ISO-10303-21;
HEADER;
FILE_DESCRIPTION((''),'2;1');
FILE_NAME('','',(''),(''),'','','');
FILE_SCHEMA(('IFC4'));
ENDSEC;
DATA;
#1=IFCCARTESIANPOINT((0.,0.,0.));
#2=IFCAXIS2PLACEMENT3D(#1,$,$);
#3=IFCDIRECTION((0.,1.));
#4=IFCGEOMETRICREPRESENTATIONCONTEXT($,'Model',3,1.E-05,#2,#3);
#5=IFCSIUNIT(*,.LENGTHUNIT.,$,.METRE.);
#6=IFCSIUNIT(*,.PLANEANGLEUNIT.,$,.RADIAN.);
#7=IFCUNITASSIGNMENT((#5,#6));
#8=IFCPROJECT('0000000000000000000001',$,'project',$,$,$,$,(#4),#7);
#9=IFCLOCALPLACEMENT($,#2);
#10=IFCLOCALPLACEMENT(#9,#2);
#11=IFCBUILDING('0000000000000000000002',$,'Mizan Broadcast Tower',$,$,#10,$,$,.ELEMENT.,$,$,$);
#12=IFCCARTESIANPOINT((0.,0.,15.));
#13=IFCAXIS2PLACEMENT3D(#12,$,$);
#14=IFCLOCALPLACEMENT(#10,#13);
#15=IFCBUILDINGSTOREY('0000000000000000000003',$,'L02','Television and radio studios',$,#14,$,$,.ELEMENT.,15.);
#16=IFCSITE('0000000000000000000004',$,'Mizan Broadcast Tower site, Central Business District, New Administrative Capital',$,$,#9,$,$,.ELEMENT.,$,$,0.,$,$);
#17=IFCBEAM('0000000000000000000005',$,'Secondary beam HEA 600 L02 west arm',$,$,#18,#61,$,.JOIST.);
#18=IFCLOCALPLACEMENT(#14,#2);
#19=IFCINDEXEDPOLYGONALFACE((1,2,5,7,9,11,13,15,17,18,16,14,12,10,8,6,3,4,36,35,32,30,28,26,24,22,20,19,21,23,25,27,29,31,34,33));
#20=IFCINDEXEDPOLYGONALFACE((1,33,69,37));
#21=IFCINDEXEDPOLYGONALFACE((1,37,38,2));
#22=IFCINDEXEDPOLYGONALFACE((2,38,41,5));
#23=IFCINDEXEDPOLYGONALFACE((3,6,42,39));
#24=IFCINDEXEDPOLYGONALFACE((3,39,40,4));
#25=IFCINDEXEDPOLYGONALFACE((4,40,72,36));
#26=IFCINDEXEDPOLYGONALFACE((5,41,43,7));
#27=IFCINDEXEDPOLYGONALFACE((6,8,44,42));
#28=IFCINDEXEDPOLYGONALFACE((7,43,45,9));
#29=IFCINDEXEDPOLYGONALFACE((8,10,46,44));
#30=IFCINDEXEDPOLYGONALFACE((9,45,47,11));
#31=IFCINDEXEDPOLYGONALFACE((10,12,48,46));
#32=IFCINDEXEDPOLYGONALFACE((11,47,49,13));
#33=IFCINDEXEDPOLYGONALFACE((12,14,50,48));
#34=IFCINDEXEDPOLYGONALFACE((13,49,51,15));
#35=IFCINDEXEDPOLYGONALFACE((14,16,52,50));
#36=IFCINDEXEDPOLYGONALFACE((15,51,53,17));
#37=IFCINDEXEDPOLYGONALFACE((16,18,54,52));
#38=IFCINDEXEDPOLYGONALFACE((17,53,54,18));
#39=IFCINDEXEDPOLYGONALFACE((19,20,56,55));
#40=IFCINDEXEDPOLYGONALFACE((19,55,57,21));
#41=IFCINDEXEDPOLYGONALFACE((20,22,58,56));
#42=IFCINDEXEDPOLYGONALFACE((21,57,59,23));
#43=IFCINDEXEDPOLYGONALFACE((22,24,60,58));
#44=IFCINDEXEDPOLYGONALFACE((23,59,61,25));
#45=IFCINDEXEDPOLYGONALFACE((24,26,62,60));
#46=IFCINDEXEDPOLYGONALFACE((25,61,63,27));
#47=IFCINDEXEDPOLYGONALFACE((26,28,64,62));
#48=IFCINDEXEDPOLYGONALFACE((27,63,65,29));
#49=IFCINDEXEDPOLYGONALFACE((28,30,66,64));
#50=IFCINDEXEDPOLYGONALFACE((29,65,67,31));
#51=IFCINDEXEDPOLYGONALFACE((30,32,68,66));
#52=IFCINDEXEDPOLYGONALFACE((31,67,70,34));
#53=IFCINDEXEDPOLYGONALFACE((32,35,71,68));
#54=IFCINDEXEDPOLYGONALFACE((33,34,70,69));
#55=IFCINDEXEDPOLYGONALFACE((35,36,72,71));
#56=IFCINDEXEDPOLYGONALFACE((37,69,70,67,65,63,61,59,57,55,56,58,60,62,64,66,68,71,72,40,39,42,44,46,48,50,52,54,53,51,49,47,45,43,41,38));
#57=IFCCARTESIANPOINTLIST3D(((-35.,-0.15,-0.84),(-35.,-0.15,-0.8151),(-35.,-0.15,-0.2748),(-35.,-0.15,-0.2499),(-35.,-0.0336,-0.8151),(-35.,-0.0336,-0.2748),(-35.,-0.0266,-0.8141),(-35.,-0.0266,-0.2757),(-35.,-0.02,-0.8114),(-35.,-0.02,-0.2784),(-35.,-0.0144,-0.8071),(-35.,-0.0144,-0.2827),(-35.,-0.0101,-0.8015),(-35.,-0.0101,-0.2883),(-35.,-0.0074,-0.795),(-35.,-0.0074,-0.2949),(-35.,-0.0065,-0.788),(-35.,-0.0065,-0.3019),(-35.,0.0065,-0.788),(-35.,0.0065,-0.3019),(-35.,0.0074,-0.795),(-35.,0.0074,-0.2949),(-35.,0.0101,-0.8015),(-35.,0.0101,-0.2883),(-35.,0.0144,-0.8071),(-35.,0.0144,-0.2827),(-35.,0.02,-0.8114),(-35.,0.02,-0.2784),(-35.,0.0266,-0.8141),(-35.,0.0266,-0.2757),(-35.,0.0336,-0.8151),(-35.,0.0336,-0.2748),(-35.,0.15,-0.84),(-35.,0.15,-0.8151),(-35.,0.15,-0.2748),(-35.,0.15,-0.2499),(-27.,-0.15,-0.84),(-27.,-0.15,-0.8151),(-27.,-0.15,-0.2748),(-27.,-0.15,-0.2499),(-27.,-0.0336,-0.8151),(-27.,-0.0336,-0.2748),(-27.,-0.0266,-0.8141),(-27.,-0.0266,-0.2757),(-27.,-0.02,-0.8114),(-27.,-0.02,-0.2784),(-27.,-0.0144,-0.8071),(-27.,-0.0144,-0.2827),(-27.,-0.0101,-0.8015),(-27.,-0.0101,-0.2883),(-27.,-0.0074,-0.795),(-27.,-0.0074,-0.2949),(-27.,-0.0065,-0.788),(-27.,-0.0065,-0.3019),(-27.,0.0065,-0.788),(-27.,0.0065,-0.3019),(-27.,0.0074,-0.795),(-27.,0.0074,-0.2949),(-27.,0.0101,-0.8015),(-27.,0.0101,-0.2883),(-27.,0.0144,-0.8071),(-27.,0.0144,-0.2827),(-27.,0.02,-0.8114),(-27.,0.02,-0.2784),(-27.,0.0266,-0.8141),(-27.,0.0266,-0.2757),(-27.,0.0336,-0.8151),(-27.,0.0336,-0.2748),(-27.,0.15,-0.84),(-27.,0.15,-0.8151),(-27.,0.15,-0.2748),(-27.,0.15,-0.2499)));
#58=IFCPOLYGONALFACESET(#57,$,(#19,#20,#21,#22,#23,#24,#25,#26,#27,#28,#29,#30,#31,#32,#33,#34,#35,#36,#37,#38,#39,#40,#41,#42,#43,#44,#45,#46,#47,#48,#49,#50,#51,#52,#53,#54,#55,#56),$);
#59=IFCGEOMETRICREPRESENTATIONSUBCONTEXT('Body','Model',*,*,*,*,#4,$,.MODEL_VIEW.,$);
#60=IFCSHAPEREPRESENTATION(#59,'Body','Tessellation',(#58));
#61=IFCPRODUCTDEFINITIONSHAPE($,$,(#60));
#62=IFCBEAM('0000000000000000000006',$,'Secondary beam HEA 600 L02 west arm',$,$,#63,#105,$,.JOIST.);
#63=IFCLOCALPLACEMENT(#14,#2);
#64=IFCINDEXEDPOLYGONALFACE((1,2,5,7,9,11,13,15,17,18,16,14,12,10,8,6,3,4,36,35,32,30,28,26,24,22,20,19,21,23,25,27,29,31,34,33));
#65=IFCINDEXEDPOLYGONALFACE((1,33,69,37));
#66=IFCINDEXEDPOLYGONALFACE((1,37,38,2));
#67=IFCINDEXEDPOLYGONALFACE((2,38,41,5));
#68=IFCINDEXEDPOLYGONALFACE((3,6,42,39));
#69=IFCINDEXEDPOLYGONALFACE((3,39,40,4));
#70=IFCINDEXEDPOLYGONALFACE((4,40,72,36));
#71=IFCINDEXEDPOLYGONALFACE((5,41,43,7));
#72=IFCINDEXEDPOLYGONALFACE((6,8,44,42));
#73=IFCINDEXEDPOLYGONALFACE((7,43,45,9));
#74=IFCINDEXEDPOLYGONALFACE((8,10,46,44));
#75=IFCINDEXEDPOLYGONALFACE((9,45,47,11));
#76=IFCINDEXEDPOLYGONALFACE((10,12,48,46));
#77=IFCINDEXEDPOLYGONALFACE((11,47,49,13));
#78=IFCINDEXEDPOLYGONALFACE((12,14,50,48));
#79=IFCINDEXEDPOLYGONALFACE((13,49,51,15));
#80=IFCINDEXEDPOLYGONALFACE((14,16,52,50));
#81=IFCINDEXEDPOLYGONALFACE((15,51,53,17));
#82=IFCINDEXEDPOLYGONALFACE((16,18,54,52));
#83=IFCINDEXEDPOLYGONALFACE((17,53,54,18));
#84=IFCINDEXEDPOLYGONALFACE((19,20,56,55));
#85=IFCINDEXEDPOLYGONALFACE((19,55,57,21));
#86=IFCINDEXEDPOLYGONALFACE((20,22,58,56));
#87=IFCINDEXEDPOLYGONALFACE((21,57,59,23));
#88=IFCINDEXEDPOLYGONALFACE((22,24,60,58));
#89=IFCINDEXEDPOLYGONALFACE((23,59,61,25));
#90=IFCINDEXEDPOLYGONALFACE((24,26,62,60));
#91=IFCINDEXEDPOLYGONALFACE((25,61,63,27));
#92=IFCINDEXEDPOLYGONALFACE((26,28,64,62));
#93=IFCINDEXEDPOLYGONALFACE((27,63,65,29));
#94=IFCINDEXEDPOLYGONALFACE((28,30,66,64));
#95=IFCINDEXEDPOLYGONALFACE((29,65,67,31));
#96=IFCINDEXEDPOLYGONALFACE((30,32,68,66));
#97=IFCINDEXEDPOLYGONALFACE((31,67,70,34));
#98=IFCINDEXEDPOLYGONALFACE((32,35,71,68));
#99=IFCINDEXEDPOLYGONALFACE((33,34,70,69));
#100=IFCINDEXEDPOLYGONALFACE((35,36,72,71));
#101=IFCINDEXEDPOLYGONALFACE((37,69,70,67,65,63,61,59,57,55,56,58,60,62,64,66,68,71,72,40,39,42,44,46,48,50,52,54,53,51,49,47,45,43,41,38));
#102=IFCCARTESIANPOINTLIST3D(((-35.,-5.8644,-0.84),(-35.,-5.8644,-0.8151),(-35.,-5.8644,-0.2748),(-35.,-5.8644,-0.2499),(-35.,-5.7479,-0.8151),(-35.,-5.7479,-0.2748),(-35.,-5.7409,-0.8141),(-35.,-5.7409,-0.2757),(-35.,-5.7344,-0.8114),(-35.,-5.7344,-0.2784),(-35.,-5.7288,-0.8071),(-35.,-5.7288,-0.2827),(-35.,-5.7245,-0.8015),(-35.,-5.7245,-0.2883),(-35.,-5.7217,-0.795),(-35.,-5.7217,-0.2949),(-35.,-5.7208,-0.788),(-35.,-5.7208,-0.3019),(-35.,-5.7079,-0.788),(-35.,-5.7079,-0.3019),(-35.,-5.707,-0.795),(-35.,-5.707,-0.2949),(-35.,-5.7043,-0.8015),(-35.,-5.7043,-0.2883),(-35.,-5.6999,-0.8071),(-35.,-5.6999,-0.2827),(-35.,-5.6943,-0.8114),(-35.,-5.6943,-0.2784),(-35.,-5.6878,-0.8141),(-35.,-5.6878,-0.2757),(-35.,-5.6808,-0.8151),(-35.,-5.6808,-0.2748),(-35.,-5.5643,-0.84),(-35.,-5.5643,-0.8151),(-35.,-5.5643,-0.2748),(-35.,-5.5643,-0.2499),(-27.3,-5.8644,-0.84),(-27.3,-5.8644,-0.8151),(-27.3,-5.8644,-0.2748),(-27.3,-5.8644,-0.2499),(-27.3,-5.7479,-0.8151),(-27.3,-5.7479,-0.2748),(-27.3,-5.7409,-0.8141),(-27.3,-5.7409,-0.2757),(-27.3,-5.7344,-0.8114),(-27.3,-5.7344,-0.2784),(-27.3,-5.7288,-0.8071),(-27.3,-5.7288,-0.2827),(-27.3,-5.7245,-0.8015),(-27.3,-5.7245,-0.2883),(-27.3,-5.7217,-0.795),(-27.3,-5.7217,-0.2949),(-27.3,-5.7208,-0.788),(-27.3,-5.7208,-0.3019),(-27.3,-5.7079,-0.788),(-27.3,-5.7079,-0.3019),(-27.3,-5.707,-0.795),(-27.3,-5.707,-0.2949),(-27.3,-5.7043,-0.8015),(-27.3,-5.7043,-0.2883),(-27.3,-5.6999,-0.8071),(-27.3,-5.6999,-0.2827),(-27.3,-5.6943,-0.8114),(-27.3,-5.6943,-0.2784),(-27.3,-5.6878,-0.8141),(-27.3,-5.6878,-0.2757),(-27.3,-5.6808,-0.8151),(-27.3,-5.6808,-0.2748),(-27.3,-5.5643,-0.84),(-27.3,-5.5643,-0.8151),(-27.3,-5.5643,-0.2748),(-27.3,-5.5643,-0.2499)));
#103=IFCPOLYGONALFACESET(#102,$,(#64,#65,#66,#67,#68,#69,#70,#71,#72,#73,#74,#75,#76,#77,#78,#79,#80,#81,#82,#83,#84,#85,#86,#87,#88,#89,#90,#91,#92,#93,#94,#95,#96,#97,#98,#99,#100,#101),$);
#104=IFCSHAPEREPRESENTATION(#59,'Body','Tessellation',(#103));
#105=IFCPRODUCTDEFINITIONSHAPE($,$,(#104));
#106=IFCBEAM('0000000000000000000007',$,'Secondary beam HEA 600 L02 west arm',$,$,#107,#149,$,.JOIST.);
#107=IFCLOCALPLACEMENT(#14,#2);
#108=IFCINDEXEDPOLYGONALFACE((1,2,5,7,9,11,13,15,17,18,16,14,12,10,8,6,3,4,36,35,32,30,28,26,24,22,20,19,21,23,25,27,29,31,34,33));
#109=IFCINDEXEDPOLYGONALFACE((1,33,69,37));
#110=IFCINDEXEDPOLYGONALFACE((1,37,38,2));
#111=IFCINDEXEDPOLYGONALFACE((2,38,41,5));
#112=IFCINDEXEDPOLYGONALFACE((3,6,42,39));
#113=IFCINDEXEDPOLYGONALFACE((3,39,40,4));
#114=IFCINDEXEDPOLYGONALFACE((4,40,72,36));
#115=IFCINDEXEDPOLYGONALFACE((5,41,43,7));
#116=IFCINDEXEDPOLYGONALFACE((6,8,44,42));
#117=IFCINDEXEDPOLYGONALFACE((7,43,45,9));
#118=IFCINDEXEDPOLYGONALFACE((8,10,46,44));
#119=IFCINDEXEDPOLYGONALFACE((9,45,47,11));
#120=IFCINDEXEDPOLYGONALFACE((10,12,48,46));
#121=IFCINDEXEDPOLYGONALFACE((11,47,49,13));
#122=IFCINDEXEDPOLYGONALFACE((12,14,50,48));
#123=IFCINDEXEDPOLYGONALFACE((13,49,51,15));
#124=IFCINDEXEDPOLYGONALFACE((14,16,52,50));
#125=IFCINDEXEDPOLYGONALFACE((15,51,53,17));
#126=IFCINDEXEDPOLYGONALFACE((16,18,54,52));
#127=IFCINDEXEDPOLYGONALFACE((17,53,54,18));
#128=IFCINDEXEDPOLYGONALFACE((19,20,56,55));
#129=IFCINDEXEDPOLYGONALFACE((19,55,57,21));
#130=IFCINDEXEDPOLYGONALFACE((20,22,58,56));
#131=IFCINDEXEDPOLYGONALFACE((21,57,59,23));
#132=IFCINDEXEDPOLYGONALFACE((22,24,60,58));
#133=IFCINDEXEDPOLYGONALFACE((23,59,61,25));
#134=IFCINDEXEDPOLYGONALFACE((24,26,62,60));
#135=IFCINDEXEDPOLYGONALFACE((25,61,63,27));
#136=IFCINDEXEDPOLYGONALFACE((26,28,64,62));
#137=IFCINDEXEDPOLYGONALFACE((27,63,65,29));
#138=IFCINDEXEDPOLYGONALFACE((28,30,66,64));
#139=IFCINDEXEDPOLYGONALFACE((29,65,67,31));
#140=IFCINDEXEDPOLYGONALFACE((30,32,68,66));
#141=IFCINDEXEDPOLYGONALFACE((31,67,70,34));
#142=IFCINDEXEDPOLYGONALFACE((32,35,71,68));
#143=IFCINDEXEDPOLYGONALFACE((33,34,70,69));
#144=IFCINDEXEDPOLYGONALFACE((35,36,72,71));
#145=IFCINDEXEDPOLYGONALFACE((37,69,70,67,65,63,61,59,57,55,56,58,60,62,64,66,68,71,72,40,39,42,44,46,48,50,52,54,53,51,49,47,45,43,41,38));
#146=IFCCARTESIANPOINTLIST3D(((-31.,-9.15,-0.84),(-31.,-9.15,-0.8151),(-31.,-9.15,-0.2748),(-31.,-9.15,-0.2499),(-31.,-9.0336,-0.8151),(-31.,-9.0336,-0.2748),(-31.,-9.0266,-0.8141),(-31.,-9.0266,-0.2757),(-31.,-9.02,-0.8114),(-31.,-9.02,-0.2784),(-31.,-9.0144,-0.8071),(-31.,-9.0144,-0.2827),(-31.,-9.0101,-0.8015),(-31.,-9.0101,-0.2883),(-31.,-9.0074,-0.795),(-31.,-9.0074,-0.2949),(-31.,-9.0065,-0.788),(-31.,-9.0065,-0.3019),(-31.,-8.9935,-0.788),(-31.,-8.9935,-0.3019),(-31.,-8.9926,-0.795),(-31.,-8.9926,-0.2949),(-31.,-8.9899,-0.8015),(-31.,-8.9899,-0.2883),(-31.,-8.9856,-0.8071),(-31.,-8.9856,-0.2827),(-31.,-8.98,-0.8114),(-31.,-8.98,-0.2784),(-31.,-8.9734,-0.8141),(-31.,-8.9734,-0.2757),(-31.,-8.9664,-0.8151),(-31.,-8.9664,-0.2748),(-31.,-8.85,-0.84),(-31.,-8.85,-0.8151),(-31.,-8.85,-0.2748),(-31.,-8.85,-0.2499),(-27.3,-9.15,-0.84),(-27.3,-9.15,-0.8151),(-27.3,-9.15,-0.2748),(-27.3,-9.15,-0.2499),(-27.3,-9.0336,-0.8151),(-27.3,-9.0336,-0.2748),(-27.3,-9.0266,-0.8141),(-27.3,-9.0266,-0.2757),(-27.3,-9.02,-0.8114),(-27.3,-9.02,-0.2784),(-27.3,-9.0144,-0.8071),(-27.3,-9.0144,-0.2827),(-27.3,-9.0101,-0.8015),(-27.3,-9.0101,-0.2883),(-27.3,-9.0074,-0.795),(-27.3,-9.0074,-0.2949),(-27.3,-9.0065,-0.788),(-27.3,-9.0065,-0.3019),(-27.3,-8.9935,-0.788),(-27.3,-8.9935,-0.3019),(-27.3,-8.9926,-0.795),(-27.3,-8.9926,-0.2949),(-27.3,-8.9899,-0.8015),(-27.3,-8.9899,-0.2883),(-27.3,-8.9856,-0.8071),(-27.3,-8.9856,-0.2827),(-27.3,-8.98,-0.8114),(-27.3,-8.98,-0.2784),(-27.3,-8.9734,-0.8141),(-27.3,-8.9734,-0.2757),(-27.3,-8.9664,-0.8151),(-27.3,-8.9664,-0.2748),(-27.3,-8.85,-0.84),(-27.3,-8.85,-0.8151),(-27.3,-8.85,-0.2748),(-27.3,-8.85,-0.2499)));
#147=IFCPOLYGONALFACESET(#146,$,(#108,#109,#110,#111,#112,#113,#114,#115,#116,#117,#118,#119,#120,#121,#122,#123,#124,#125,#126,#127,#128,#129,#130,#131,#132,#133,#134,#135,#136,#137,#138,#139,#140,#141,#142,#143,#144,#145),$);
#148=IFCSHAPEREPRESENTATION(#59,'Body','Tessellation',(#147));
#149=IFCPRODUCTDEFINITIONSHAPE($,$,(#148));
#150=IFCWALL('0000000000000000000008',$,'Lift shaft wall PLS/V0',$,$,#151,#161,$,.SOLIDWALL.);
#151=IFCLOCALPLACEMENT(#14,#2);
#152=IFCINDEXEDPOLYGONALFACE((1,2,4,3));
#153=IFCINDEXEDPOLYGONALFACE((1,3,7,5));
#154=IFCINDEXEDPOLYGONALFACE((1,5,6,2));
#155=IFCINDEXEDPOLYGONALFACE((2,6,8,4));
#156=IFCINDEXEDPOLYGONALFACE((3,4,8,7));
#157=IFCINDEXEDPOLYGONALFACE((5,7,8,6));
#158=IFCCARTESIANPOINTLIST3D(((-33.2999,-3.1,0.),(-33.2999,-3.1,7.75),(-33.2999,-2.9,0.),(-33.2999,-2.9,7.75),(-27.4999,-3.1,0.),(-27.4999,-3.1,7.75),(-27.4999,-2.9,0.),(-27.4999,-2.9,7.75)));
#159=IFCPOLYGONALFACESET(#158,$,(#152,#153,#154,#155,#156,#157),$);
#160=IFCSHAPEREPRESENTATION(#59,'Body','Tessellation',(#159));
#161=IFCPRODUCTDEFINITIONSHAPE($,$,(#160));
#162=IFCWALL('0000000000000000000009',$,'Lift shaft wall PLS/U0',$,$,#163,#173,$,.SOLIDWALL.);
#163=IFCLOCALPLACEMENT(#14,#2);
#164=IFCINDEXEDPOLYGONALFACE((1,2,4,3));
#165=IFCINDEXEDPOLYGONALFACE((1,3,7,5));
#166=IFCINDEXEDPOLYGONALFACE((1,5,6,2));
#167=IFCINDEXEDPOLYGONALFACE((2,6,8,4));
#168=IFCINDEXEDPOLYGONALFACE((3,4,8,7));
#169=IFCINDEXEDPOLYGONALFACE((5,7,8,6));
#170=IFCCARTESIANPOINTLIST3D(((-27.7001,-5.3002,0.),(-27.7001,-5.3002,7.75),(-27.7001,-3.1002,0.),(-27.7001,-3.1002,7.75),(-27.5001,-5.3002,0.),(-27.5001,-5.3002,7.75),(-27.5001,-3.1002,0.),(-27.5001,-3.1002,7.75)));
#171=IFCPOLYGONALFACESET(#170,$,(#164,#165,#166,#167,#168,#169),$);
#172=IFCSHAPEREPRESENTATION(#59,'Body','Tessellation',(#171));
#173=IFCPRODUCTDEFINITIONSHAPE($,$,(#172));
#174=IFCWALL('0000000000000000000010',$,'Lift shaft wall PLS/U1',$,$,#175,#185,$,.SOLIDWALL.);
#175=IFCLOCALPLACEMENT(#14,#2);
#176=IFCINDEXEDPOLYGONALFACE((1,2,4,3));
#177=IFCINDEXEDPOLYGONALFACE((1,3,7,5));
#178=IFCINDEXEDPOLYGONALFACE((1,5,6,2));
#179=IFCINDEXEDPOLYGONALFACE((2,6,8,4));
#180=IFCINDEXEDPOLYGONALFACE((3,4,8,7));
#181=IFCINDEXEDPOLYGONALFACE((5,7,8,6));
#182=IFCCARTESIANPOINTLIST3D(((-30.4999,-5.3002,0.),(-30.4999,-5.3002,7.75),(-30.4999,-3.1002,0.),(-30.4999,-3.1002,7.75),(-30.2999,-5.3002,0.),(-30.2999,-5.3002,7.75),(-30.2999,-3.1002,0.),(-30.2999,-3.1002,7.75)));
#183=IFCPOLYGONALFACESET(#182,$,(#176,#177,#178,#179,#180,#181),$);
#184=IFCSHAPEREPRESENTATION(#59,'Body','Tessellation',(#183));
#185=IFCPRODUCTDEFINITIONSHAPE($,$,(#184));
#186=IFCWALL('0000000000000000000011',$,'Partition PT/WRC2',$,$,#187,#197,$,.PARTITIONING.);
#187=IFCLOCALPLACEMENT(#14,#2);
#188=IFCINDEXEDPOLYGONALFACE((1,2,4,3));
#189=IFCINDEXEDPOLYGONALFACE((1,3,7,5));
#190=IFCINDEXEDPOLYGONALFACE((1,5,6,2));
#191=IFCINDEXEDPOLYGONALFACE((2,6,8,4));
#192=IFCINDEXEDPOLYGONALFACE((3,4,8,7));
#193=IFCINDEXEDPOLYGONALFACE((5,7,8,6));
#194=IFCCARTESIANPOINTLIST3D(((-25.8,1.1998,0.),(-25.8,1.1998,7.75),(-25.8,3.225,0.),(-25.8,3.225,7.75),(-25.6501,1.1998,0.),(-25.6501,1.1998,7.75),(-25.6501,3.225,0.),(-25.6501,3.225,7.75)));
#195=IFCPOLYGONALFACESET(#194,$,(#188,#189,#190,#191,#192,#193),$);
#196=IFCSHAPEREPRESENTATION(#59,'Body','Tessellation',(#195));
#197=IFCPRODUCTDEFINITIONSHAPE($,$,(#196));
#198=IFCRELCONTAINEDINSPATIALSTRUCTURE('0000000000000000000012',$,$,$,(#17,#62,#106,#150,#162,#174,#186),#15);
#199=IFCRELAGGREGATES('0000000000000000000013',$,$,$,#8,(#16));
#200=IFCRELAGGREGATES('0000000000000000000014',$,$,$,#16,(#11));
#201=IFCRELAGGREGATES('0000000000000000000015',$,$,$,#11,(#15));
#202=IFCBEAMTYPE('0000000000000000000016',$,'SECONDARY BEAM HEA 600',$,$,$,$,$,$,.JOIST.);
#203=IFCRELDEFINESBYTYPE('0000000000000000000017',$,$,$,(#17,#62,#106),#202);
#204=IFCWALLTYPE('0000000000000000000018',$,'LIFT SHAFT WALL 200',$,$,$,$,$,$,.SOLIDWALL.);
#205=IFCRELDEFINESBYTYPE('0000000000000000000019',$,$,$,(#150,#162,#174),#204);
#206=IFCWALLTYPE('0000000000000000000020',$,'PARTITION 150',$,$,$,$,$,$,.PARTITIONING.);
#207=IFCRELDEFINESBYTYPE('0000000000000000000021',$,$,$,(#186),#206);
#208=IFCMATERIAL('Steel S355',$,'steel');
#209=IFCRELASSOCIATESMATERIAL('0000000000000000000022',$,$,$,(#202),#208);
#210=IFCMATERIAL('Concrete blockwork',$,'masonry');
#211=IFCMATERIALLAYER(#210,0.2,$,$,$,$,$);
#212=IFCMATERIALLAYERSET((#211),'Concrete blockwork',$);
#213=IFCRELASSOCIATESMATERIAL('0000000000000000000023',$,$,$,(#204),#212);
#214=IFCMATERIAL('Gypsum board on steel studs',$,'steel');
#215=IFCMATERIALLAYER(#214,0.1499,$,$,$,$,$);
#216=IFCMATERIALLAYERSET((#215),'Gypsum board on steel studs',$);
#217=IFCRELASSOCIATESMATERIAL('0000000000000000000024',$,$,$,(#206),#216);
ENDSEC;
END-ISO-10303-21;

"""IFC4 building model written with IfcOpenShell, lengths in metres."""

from ifc_helpers import new_model, si_unit, direction, frame, frame_2d, origin, origin_2d, place, context, subcontext, project, spatial, rectangle, i_section, extrude, material, layer, layer_set, material_profile, profile_set, type_object, element, save


model = new_model("IFC4")

# Units and contexts
model_context = context("Model", 3, precision=1e-05, world=origin(), true_north=direction((0.0, 1.0)))
body_context = subcontext(model_context, "Body", "Model", "MODEL_VIEW")
ifc_project = project(units=[si_unit("LENGTHUNIT", "METRE"), si_unit("PLANEANGLEUNIT", "RADIAN")], contexts=[model_context])

# Site, building, storey
site_placement = place(None, origin())
site = spatial("IfcSite", under=ifc_project, at=site_placement, Name="Mizan Broadcast Tower site, Central Business District, New Administrative Capital", CompositionType="ELEMENT", RefElevation=0.0)
building_placement = place(site_placement, origin())
building = spatial("IfcBuilding", under=site, at=building_placement, Name="Mizan Broadcast Tower", CompositionType="ELEMENT")
storey_placement = place(building_placement, frame((0.0, 0.0, 15.0)))
storey = spatial("IfcBuildingStorey", under=building, at=storey_placement, Name="L02", Description="Television and radio studios", CompositionType="ELEMENT", Elevation=15.0)

# Beams
ifc_material_1 = material(Name="Steel S355", Category="steel")
ifc_material_profile_1 = material_profile(ifc_material_1, i_section(OverallWidth=0.3, OverallDepth=0.5901, WebThickness=0.0129, FlangeThickness=0.0249, FilletRadius=0.0271, at=origin_2d()), Name="HEA 600")
ifc_profile_set_1 = profile_set([ifc_material_profile_1], Name="Steel S355")
beam_type_1 = type_object("IfcBeamType", Name="SECONDARY BEAM HEA 600", PredefinedType="JOIST", material=ifc_profile_set_1)
beam_1_placement = place(storey_placement, frame((-27.0, 0.0, -0.5449), z_axis=(-1.0, 0.0, 0.0), x_axis=(0.0, -1.0, 0.0)))
element("IfcBeam", 1, at=beam_1_placement, inside=storey, type_object=beam_type_1, Name="Secondary beam HEA 600 L02 west arm", PredefinedType="JOIST", context=body_context, shape_type="SweptSolid", body=[
    extrude(i_section(OverallWidth=0.3, OverallDepth=0.5901, WebThickness=0.0129, FlangeThickness=0.0249, FilletRadius=0.0271, at=origin_2d()), origin(), (0.0, 0.0, 1.0), 8.0),
])
beam_2_placement = place(storey_placement, frame((-27.3, -5.7144, -0.5449), z_axis=(-1.0, 0.0, 0.0), x_axis=(0.0, -1.0, 0.0)))
element("IfcBeam", 2, at=beam_2_placement, inside=storey, type_object=beam_type_1, Name="Secondary beam HEA 600 L02 west arm", PredefinedType="JOIST", context=body_context, shape_type="SweptSolid", body=[
    extrude(i_section(OverallWidth=0.3, OverallDepth=0.5901, WebThickness=0.0129, FlangeThickness=0.0249, FilletRadius=0.0271, at=origin_2d()), origin(), (0.0, 0.0, 1.0), 7.7),
])
beam_3_placement = place(storey_placement, frame((-27.3, -9.0, -0.5449), z_axis=(-1.0, 0.0, 0.0), x_axis=(0.0, -1.0, 0.0)))
element("IfcBeam", 3, at=beam_3_placement, inside=storey, type_object=beam_type_1, Name="Secondary beam HEA 600 L02 west arm", PredefinedType="JOIST", context=body_context, shape_type="SweptSolid", body=[
    extrude(i_section(OverallWidth=0.3, OverallDepth=0.5901, WebThickness=0.0129, FlangeThickness=0.0249, FilletRadius=0.0271, at=origin_2d()), origin(), (0.0, 0.0, 1.0), 3.7),
])

# Walls
ifc_material_2 = material(Name="Concrete blockwork", Category="masonry")
ifc_layer_1 = layer(ifc_material_2, 0.2)
ifc_layer_set_1 = layer_set([ifc_layer_1], Name="Concrete blockwork")
wall_type_1 = type_object("IfcWallType", Name="LIFT SHAFT WALL 200", PredefinedType="SOLIDWALL", material=ifc_layer_set_1)
wall_1_placement = place(storey_placement, frame((-27.5, -3.0, 0.0), z_axis=(0.0, 0.0, 1.0), x_axis=(-1.0, 0.0, 0.0)))
element("IfcWall", 4, at=wall_1_placement, inside=storey, type_object=wall_type_1, Name="Lift shaft wall PLS/V0", PredefinedType="SOLIDWALL", context=body_context, shape_type="SweptSolid", body=[
    extrude(rectangle(XDim=5.8, YDim=0.2, at=frame_2d((2.8999, 0.0))), origin(), (0.0, 0.0, 1.0), 7.75),
])
for number, where, z_axis, x_axis, name in (
    (5, (-27.6001, -3.1001, 0.0), (0.0, 0.0, 1.0), (0.0, -1.0, 0.0), "Lift shaft wall PLS/U0"),
    (6, (-30.3999, -3.1001, 0.0), (0.0, 0.0, 1.0), (0.0, -1.0, 0.0), "Lift shaft wall PLS/U1"),
):
    element("IfcWall", number, at=place(storey_placement, frame(where, z_axis=z_axis, x_axis=x_axis)), inside=storey, type_object=wall_type_1, Name=name, PredefinedType="SOLIDWALL", context=body_context, shape_type="SweptSolid", body=[
        extrude(rectangle(XDim=2.2, YDim=0.2, at=frame_2d((1.1001, 0.0))), origin(), (0.0, 0.0, 1.0), 7.75),
    ])
ifc_material_3 = material(Name="Gypsum board on steel studs", Category="steel")
ifc_layer_2 = layer(ifc_material_3, 0.1499)
ifc_layer_set_2 = layer_set([ifc_layer_2], Name="Gypsum board on steel studs")
wall_type_2 = type_object("IfcWallType", Name="PARTITION 150", PredefinedType="PARTITIONING", material=ifc_layer_set_2)
wall_2_placement = place(storey_placement, frame((-25.7251, 3.2251, 0.0), z_axis=(0.0, 0.0, 1.0), x_axis=(0.0, -1.0, 0.0)))
element("IfcWall", 7, at=wall_2_placement, inside=storey, type_object=wall_type_2, Name="Partition PT/WRC2", PredefinedType="PARTITIONING", context=body_context, shape_type="SweptSolid", body=[
    extrude(rectangle(XDim=2.0251, YDim=0.1499, at=frame_2d((1.0127, 0.0))), origin(), (0.0, 0.0, 1.0), 7.75),
])

save(model, "model.ifc")
